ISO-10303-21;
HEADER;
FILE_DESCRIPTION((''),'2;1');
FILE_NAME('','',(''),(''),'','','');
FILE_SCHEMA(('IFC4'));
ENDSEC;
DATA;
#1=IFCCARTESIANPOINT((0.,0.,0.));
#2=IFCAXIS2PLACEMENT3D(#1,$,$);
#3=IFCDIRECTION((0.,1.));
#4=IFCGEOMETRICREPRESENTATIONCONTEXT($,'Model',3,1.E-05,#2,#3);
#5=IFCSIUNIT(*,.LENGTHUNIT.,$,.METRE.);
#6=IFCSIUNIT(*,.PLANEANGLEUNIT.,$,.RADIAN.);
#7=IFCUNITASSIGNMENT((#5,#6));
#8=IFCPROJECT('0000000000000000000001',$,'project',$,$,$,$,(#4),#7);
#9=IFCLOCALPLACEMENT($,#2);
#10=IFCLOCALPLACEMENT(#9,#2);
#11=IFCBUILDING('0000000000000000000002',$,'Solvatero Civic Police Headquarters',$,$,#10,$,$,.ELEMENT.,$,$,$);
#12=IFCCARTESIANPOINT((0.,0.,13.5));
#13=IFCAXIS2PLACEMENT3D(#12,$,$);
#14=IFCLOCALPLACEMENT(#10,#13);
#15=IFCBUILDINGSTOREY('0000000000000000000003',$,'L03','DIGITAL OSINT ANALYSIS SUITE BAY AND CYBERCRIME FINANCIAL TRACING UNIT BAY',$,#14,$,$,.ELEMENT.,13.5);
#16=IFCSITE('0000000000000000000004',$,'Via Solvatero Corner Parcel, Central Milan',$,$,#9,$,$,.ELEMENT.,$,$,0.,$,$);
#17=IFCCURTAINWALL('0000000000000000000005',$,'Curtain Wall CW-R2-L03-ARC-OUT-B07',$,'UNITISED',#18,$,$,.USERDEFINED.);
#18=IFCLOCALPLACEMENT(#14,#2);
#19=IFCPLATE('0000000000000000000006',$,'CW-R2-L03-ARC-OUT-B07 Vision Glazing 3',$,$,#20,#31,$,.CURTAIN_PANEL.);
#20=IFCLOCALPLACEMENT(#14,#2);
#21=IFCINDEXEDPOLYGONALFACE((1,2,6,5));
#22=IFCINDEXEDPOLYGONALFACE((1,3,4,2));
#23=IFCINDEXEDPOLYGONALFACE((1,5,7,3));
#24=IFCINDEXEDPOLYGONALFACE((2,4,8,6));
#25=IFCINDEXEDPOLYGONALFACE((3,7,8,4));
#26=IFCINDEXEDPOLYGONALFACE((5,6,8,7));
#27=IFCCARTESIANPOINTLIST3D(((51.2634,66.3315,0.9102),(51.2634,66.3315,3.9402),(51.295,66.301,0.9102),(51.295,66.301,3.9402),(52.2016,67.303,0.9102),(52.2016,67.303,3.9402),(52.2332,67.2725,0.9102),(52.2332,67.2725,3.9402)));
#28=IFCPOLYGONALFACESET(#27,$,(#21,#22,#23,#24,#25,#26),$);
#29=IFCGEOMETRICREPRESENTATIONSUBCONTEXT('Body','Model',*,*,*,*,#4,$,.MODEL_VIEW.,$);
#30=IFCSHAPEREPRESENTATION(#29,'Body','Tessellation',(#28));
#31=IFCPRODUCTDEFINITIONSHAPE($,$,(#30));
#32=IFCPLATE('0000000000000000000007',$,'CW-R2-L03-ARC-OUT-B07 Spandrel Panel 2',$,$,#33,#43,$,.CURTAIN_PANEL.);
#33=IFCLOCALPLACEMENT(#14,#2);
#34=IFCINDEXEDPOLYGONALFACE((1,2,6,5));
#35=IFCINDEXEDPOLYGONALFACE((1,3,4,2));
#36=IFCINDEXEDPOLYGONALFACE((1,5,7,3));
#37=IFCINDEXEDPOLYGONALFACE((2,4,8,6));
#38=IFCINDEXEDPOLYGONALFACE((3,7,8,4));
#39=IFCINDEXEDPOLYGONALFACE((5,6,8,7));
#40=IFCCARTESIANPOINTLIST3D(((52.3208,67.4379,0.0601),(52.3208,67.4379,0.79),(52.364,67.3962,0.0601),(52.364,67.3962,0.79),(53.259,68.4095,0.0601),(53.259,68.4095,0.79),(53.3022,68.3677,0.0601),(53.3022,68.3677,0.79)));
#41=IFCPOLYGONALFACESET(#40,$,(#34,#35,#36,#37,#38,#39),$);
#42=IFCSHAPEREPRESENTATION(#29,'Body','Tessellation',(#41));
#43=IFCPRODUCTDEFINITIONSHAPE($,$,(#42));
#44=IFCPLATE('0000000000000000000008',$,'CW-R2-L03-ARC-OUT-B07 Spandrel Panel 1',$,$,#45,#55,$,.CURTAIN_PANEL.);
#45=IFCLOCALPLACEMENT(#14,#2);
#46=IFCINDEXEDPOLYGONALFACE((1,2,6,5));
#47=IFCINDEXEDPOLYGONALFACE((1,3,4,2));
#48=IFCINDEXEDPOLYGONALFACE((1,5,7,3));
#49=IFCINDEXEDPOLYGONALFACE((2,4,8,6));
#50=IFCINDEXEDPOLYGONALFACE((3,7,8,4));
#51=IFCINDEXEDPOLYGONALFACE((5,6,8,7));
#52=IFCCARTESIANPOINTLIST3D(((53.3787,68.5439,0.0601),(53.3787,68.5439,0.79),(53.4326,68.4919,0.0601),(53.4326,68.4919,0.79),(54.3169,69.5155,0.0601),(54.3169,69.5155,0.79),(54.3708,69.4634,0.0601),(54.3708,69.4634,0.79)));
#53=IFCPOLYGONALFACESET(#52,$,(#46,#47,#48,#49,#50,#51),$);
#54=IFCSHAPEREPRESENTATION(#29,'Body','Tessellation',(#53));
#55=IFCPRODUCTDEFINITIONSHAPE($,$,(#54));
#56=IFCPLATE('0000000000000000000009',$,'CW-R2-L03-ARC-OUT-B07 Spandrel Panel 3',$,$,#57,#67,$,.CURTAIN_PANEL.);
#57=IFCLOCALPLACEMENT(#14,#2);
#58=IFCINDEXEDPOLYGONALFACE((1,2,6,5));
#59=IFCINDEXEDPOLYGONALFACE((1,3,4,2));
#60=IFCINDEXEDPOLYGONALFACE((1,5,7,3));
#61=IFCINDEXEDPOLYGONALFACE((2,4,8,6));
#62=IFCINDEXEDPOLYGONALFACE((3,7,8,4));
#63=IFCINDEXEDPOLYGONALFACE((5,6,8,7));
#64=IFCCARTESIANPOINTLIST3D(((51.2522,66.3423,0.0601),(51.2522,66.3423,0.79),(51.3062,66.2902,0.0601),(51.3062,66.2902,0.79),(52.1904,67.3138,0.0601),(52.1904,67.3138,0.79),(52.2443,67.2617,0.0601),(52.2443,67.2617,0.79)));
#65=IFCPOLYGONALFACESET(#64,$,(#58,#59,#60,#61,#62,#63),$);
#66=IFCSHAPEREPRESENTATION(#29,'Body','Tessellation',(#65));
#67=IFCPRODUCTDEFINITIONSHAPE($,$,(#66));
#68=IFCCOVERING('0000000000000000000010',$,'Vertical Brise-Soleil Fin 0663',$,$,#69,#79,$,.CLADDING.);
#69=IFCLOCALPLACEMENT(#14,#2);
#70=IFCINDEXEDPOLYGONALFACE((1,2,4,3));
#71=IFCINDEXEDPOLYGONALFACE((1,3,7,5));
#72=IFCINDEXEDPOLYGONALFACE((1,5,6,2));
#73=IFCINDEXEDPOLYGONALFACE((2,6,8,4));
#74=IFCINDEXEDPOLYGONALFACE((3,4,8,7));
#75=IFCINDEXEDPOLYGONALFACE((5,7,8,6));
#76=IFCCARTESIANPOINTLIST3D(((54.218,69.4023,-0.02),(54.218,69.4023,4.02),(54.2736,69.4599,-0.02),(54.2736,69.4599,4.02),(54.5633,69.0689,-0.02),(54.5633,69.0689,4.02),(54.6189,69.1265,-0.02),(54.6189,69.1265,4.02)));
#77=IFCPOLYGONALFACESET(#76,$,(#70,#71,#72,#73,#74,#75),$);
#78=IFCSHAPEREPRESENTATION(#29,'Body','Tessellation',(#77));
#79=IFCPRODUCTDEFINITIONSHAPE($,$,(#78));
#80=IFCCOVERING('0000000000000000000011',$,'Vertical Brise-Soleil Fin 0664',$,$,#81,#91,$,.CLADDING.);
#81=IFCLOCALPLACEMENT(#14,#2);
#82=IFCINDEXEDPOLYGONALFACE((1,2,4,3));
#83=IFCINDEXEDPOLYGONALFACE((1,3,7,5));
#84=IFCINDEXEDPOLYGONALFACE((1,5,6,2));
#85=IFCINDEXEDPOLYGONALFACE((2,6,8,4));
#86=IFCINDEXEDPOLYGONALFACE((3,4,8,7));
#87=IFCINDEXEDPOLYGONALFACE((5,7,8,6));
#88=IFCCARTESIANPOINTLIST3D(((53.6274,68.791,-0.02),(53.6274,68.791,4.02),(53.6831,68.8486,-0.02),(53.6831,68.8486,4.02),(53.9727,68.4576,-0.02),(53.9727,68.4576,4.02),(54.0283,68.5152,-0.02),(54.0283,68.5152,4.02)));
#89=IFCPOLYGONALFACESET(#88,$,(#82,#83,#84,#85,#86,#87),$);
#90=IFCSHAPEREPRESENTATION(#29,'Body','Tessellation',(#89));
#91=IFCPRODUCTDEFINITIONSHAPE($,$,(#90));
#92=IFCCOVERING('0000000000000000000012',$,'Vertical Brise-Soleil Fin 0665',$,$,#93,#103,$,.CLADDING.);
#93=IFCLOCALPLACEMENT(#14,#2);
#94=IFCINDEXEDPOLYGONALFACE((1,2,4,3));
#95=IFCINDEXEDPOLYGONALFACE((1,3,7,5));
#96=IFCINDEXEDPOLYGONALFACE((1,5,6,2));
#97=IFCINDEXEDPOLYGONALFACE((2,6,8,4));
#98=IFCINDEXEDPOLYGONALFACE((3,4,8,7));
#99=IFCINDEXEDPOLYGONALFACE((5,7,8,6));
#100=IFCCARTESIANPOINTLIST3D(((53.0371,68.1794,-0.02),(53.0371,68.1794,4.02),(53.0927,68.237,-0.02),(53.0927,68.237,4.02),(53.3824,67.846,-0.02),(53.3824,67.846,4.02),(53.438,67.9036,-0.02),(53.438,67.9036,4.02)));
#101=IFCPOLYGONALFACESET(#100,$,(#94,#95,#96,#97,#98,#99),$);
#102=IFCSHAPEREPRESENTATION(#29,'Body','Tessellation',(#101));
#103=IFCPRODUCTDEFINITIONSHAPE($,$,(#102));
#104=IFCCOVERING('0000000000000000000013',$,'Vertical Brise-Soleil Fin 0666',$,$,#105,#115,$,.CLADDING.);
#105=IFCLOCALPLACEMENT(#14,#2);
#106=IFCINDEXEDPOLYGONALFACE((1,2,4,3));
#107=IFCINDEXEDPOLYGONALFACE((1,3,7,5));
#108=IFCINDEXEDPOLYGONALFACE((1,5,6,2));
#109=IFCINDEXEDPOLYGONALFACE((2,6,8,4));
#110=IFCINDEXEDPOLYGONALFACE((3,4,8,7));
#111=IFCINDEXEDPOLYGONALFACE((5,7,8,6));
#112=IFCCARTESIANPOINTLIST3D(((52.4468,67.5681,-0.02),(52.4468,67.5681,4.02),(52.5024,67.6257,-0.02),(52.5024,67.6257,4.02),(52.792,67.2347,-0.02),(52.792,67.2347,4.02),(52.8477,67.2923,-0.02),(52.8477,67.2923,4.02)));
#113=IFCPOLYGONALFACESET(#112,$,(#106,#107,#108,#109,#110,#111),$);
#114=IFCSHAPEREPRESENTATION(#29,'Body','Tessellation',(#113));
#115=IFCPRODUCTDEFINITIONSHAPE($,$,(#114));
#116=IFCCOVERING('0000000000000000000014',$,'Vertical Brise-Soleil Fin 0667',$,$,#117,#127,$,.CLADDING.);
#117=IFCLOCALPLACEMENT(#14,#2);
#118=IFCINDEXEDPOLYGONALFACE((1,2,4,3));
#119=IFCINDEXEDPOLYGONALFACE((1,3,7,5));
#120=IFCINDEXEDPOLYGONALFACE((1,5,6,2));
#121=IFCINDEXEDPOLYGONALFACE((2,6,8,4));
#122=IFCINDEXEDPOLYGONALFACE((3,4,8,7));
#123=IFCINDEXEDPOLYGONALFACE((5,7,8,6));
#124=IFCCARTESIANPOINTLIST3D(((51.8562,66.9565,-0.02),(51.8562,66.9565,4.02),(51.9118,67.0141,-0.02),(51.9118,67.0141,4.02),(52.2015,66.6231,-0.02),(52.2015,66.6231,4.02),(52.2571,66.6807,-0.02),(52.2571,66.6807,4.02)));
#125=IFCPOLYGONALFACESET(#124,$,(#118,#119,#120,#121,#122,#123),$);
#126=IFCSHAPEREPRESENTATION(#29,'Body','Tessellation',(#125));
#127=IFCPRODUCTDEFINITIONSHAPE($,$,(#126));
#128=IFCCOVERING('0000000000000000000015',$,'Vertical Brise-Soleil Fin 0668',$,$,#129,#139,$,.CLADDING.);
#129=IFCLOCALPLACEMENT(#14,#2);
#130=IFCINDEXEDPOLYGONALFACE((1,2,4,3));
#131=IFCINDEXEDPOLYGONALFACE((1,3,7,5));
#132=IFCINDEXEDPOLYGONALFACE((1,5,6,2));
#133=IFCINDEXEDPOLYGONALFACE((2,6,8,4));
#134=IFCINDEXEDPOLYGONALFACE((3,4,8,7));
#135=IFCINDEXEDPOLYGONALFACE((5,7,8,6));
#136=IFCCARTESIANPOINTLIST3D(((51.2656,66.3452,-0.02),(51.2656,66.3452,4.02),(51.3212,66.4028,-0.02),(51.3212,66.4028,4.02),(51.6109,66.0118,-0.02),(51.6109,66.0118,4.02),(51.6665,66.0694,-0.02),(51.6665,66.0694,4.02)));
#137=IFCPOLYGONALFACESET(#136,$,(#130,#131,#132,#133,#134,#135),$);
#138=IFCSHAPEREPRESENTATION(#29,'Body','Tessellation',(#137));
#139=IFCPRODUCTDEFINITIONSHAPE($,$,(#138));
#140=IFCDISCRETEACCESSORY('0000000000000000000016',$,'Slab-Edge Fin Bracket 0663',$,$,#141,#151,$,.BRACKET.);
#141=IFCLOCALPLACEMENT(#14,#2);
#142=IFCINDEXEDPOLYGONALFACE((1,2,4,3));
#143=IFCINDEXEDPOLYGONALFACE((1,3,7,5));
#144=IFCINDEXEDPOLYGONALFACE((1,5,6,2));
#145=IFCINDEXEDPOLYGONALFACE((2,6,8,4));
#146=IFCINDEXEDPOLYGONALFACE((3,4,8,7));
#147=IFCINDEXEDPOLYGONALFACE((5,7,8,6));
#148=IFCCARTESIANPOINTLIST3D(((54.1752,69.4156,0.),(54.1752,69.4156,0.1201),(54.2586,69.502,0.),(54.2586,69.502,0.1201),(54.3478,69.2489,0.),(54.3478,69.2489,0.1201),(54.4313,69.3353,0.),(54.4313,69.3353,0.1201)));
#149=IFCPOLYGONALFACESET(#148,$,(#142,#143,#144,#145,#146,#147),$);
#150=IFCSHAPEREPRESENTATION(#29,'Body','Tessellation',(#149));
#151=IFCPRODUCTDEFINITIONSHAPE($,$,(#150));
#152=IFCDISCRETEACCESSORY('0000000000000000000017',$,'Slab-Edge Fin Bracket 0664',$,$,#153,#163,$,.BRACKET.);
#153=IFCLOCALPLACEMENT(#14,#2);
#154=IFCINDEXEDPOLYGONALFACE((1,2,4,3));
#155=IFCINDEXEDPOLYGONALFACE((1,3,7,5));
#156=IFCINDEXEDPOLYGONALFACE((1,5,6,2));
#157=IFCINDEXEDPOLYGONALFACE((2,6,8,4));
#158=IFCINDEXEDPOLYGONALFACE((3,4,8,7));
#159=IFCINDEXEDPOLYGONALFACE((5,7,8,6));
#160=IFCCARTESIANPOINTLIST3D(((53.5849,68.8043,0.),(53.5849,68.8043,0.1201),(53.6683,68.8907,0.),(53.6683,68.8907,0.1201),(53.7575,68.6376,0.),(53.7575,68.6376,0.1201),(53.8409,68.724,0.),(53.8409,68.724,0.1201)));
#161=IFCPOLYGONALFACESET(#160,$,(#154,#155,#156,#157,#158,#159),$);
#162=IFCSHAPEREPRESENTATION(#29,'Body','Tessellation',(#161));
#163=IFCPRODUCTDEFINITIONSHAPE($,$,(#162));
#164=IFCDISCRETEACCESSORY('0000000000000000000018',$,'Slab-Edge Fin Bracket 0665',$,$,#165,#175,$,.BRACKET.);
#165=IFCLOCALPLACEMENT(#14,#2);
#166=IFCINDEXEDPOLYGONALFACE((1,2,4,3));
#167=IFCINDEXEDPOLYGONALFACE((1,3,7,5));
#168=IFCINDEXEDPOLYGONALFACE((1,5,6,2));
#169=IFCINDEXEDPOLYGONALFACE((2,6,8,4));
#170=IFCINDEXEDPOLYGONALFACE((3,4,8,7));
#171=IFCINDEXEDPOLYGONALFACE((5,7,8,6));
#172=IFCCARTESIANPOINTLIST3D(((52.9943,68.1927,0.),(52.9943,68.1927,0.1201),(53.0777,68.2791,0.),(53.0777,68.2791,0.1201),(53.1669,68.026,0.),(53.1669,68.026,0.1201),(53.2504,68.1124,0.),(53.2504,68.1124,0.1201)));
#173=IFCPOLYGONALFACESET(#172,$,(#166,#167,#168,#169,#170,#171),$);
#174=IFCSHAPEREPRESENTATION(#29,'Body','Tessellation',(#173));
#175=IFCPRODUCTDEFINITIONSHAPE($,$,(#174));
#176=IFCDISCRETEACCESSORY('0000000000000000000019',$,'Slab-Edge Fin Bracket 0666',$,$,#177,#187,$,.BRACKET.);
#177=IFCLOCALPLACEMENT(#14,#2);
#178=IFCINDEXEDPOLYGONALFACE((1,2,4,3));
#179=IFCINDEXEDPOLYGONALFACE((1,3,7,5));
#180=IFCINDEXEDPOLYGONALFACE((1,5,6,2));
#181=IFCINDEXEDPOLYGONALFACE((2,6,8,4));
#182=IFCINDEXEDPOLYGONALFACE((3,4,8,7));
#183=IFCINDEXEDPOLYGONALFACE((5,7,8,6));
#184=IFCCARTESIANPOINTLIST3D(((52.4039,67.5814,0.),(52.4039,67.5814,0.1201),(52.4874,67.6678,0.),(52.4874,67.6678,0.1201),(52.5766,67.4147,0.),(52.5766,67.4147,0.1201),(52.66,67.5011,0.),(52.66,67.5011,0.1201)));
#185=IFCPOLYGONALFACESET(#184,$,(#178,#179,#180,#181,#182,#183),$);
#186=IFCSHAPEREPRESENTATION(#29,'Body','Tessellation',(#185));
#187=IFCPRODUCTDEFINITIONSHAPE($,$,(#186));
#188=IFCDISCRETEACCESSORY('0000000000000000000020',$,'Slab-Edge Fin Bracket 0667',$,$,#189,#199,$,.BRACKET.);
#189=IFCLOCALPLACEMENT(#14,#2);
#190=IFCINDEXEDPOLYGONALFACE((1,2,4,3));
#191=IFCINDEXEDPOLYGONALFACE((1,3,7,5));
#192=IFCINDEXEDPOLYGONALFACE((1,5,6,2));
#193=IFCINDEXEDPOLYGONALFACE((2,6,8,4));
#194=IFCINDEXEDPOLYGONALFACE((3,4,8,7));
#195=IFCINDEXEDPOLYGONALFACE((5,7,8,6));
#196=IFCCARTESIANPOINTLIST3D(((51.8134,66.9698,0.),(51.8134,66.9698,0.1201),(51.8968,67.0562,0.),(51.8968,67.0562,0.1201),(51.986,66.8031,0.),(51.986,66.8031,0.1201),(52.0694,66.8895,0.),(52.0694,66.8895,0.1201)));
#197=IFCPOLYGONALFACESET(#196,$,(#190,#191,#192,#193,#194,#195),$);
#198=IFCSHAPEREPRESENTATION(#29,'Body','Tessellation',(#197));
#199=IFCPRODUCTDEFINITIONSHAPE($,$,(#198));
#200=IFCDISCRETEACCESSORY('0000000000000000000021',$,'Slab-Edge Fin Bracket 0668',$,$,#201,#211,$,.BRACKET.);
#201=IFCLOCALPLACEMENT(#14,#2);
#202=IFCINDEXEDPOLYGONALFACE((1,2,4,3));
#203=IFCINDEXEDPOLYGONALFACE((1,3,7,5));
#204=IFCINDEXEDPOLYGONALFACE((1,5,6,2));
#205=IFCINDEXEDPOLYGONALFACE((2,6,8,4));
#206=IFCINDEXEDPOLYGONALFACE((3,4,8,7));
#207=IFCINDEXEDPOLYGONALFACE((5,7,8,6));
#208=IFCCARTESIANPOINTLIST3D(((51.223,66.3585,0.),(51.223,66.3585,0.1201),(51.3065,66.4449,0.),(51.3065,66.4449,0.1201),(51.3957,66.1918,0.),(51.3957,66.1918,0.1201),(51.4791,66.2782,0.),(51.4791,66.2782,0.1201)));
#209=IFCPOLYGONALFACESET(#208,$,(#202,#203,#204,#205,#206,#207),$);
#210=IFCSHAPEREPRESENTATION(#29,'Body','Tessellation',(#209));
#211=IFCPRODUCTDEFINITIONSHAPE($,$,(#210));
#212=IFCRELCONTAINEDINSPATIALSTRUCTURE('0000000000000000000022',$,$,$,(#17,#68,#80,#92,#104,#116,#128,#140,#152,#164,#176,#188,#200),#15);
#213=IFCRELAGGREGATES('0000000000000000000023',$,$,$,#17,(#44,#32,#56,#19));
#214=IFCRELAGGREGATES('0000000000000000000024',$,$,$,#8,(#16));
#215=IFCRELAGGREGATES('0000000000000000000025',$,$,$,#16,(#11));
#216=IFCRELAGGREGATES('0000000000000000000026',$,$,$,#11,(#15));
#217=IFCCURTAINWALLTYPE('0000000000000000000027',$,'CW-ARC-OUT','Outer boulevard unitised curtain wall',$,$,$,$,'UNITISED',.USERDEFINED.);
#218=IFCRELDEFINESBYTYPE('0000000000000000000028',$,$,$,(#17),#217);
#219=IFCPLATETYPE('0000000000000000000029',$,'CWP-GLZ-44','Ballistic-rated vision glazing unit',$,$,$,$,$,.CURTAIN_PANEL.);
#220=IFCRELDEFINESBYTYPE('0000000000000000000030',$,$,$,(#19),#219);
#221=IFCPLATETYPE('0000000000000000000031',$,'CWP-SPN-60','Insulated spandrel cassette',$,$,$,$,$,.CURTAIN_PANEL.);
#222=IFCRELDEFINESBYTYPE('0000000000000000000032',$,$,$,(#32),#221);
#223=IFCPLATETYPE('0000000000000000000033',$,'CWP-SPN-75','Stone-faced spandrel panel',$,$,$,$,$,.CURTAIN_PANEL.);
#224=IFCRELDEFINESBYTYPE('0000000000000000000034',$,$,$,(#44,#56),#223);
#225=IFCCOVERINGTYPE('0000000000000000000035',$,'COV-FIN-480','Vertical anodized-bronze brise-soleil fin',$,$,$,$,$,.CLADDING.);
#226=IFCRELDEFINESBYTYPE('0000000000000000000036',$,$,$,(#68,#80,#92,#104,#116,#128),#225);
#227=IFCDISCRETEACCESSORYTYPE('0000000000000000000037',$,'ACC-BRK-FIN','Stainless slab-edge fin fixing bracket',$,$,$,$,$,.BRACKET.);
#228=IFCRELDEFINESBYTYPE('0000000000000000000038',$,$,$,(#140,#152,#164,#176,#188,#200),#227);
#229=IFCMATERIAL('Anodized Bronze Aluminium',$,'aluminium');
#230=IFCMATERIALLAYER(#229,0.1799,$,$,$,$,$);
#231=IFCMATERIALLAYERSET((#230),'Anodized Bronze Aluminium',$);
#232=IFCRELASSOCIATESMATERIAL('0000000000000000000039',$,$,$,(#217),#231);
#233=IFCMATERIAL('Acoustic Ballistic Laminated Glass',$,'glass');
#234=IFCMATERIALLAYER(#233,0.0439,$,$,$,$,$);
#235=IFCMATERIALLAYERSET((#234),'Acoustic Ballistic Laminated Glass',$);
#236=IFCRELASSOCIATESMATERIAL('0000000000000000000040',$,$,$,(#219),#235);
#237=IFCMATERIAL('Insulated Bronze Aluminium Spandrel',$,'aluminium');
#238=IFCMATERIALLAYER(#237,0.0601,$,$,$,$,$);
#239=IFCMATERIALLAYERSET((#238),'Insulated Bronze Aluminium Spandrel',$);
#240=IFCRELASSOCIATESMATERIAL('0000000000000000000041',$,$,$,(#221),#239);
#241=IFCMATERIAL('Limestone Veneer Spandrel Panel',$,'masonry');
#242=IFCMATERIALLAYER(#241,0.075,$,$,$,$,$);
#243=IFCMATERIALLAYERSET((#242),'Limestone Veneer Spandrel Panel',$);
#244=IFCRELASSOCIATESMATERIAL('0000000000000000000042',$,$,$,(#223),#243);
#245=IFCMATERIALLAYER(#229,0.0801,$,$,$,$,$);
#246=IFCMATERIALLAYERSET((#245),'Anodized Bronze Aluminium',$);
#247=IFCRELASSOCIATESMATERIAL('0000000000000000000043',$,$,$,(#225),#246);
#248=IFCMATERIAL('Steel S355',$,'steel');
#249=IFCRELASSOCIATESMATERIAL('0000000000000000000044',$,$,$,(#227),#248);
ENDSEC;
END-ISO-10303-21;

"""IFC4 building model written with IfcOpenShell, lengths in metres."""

from ifc_helpers import new_model, si_unit, direction, frame, origin, origin_2d, place, context, subcontext, project, spatial, rectangle, extrude, material, layer, layer_set, type_object, element, aggregate, save


model = new_model("IFC4")

# Units and contexts
model_context = context("Model", 3, precision=1e-05, world=origin(), true_north=direction((0.0, 1.0)))
body_context = subcontext(model_context, "Body", "Model", "MODEL_VIEW")
ifc_project = project(units=[si_unit("LENGTHUNIT", "METRE"), si_unit("PLANEANGLEUNIT", "RADIAN")], contexts=[model_context])

# Site, building, storey
site_placement = place(None, origin())
site = spatial("IfcSite", under=ifc_project, at=site_placement, Name="Via Solvatero Corner Parcel, Central Milan", CompositionType="ELEMENT", RefElevation=0.0)
building_placement = place(site_placement, origin())
building = spatial("IfcBuilding", under=site, at=building_placement, Name="Solvatero Civic Police Headquarters", CompositionType="ELEMENT")
storey_placement = place(building_placement, frame((0.0, 0.0, 13.5)))
storey = spatial("IfcBuildingStorey", under=building, at=storey_placement, Name="L03", Description="DIGITAL OSINT ANALYSIS SUITE BAY AND CYBERCRIME FINANCIAL TRACING UNIT BAY", CompositionType="ELEMENT", Elevation=13.5)

# Shared definitions
ifc_material_1 = material(Name="Steel S355", Category="steel")

# Curtain wall, plates
ifc_material_2 = material(Name="Anodized Bronze Aluminium", Category="aluminium")
ifc_layer_1 = layer(ifc_material_2, 0.1799)
ifc_layer_set_1 = layer_set([ifc_layer_1], Name="Anodized Bronze Aluminium")
curtain_wall_type = type_object("IfcCurtainWallType", Name="CW-ARC-OUT", Description="Outer boulevard unitised curtain wall", ElementType="UNITISED", PredefinedType="USERDEFINED", material=ifc_layer_set_1)
curtain_wall_placement = place(storey_placement, origin())
curtain_wall = element("IfcCurtainWall", 1, at=curtain_wall_placement, inside=storey, type_object=curtain_wall_type, Name="Curtain Wall CW-R2-L03-ARC-OUT-B07", ObjectType="UNITISED", PredefinedType="USERDEFINED")
ifc_material_3 = material(Name="Acoustic Ballistic Laminated Glass", Category="glass")
ifc_layer_2 = layer(ifc_material_3, 0.0439)
ifc_layer_set_2 = layer_set([ifc_layer_2], Name="Acoustic Ballistic Laminated Glass")
plate_type_1 = type_object("IfcPlateType", Name="CWP-GLZ-44", Description="Ballistic-rated vision glazing unit", PredefinedType="CURTAIN_PANEL", material=ifc_layer_set_2)
plate_1_placement = place(storey_placement, frame((51.7483, 66.802, 0.9102), z_axis=(0.0, 0.0, 1.0), x_axis=(-0.694646, -0.719352, 0.0)))
plate_1 = element("IfcPlate", 2, at=plate_1_placement, type_object=plate_type_1, Name="CW-R2-L03-ARC-OUT-B07 Vision Glazing 3", PredefinedType="CURTAIN_PANEL", context=body_context, shape_type="SweptSolid", body=[
    extrude(rectangle(XDim=1.3506, YDim=0.0439, at=origin_2d()), origin(), (0.0, 0.0, 1.0), 3.03),
])
ifc_material_4 = material(Name="Insulated Bronze Aluminium Spandrel", Category="aluminium")
ifc_layer_3 = layer(ifc_material_4, 0.0601)
ifc_layer_set_3 = layer_set([ifc_layer_3], Name="Insulated Bronze Aluminium Spandrel")
plate_type_2 = type_object("IfcPlateType", Name="CWP-SPN-60", Description="Insulated spandrel cassette", PredefinedType="CURTAIN_PANEL", material=ifc_layer_set_3)
plate_2_placement = place(storey_placement, frame((52.8115, 67.9028, 0.0601), z_axis=(0.0, 0.0, 1.0), x_axis=(-0.694646, -0.719352, 0.0)))
plate_2 = element("IfcPlate", 3, at=plate_2_placement, type_object=plate_type_2, Name="CW-R2-L03-ARC-OUT-B07 Spandrel Panel 2", PredefinedType="CURTAIN_PANEL", context=body_context, shape_type="SweptSolid", body=[
    extrude(rectangle(XDim=1.3506, YDim=0.0601, at=origin_2d()), origin(), (0.0, 0.0, 1.0), 0.73),
])
ifc_material_5 = material(Name="Limestone Veneer Spandrel Panel", Category="masonry")
ifc_layer_4 = layer(ifc_material_5, 0.075)
ifc_layer_set_4 = layer_set([ifc_layer_4], Name="Limestone Veneer Spandrel Panel")
plate_type_3 = type_object("IfcPlateType", Name="CWP-SPN-75", Description="Stone-faced spandrel panel", PredefinedType="CURTAIN_PANEL", material=ifc_layer_set_4)
plate_3_placement = place(storey_placement, frame((53.8748, 69.0037, 0.0601), z_axis=(0.0, 0.0, 1.0), x_axis=(-0.694646, -0.719352, 0.0)))
plate_3 = element("IfcPlate", 4, at=plate_3_placement, type_object=plate_type_3, Name="CW-R2-L03-ARC-OUT-B07 Spandrel Panel 1", PredefinedType="CURTAIN_PANEL", context=body_context, shape_type="SweptSolid", body=[
    extrude(rectangle(XDim=1.3506, YDim=0.075, at=origin_2d()), origin(), (0.0, 0.0, 1.0), 0.73),
])
plate_4_placement = place(storey_placement, frame((51.7483, 66.802, 0.0601), z_axis=(0.0, 0.0, 1.0), x_axis=(-0.694646, -0.719352, 0.0)))
plate_4 = element("IfcPlate", 5, at=plate_4_placement, type_object=plate_type_3, Name="CW-R2-L03-ARC-OUT-B07 Spandrel Panel 3", PredefinedType="CURTAIN_PANEL", context=body_context, shape_type="SweptSolid", body=[
    extrude(rectangle(XDim=1.3506, YDim=0.075, at=origin_2d()), origin(), (0.0, 0.0, 1.0), 0.73),
])
aggregate(curtain_wall, [plate_3, plate_2, plate_4, plate_1])

# Coverings
ifc_layer_5 = layer(ifc_material_2, 0.0801)
ifc_layer_set_5 = layer_set([ifc_layer_5], Name="Anodized Bronze Aluminium")
covering_type = type_object("IfcCoveringType", Name="COV-FIN-480", Description="Vertical anodized-bronze brise-soleil fin", PredefinedType="CLADDING", material=ifc_layer_set_5)
for number, where, z_axis, x_axis, name in (
    (6, (54.4185, 69.2644, -0.02), (0.0, 0.0, 1.0), (-0.694646, -0.719352, 0.0), "Vertical Brise-Soleil Fin 0663"),
    (7, (53.8279, 68.6531, -0.02), (0.0, 0.0, 1.0), (-0.694646, -0.719352, 0.0), "Vertical Brise-Soleil Fin 0664"),
    (8, (53.2375, 68.0415, -0.02), (0.0, 0.0, 1.0), (-0.694646, -0.719352, 0.0), "Vertical Brise-Soleil Fin 0665"),
    (9, (52.6472, 67.4302, -0.02), (0.0, 0.0, 1.0), (-0.694646, -0.719352, 0.0), "Vertical Brise-Soleil Fin 0666"),
    (10, (52.0566, 66.8186, -0.02), (0.0, 0.0, 1.0), (-0.694646, -0.719352, 0.0), "Vertical Brise-Soleil Fin 0667"),
    (11, (51.4661, 66.2073, -0.02), (0.0, 0.0, 1.0), (-0.694646, -0.719352, 0.0), "Vertical Brise-Soleil Fin 0668"),
):
    element("IfcCovering", number, at=place(storey_placement, frame(where, z_axis=z_axis, x_axis=x_axis)), inside=storey, type_object=covering_type, Name=name, PredefinedType="CLADDING", context=body_context, shape_type="SweptSolid", body=[
        extrude(rectangle(XDim=0.0801, YDim=0.48, at=origin_2d()), origin(), (0.0, 0.0, 1.0), 4.04),
    ])

# Discrete accessories
discrete_accessory_type = type_object("IfcDiscreteAccessoryType", Name="ACC-BRK-FIN", Description="Stainless slab-edge fin fixing bracket", PredefinedType="BRACKET", material=ifc_material_1)
for number, where, z_axis, x_axis, name in (
    (12, (54.3032, 69.3755, 0.0), (0.0, 0.0, 1.0), (-0.694646, -0.719352, 0.0), "Slab-Edge Fin Bracket 0663"),
    (13, (53.7129, 68.7642, 0.0), (0.0, 0.0, 1.0), (-0.694646, -0.719352, 0.0), "Slab-Edge Fin Bracket 0664"),
    (14, (53.1223, 68.1526, 0.0), (0.0, 0.0, 1.0), (-0.694646, -0.719352, 0.0), "Slab-Edge Fin Bracket 0665"),
    (15, (52.532, 67.5413, 0.0), (0.0, 0.0, 1.0), (-0.694646, -0.719352, 0.0), "Slab-Edge Fin Bracket 0666"),
    (16, (51.9414, 66.9297, 0.0), (0.0, 0.0, 1.0), (-0.694646, -0.719352, 0.0), "Slab-Edge Fin Bracket 0667"),
    (17, (51.3511, 66.3184, 0.0), (0.0, 0.0, 1.0), (-0.694646, -0.719352, 0.0), "Slab-Edge Fin Bracket 0668"),
):
    element("IfcDiscreteAccessory", number, at=place(storey_placement, frame(where, z_axis=z_axis, x_axis=x_axis)), inside=storey, type_object=discrete_accessory_type, Name=name, PredefinedType="BRACKET", context=body_context, shape_type="SweptSolid", body=[
        extrude(rectangle(XDim=0.1201, YDim=0.24, at=origin_2d()), origin(), (0.0, 0.0, 1.0), 0.1201),
    ])

save(model, "model.ifc")
